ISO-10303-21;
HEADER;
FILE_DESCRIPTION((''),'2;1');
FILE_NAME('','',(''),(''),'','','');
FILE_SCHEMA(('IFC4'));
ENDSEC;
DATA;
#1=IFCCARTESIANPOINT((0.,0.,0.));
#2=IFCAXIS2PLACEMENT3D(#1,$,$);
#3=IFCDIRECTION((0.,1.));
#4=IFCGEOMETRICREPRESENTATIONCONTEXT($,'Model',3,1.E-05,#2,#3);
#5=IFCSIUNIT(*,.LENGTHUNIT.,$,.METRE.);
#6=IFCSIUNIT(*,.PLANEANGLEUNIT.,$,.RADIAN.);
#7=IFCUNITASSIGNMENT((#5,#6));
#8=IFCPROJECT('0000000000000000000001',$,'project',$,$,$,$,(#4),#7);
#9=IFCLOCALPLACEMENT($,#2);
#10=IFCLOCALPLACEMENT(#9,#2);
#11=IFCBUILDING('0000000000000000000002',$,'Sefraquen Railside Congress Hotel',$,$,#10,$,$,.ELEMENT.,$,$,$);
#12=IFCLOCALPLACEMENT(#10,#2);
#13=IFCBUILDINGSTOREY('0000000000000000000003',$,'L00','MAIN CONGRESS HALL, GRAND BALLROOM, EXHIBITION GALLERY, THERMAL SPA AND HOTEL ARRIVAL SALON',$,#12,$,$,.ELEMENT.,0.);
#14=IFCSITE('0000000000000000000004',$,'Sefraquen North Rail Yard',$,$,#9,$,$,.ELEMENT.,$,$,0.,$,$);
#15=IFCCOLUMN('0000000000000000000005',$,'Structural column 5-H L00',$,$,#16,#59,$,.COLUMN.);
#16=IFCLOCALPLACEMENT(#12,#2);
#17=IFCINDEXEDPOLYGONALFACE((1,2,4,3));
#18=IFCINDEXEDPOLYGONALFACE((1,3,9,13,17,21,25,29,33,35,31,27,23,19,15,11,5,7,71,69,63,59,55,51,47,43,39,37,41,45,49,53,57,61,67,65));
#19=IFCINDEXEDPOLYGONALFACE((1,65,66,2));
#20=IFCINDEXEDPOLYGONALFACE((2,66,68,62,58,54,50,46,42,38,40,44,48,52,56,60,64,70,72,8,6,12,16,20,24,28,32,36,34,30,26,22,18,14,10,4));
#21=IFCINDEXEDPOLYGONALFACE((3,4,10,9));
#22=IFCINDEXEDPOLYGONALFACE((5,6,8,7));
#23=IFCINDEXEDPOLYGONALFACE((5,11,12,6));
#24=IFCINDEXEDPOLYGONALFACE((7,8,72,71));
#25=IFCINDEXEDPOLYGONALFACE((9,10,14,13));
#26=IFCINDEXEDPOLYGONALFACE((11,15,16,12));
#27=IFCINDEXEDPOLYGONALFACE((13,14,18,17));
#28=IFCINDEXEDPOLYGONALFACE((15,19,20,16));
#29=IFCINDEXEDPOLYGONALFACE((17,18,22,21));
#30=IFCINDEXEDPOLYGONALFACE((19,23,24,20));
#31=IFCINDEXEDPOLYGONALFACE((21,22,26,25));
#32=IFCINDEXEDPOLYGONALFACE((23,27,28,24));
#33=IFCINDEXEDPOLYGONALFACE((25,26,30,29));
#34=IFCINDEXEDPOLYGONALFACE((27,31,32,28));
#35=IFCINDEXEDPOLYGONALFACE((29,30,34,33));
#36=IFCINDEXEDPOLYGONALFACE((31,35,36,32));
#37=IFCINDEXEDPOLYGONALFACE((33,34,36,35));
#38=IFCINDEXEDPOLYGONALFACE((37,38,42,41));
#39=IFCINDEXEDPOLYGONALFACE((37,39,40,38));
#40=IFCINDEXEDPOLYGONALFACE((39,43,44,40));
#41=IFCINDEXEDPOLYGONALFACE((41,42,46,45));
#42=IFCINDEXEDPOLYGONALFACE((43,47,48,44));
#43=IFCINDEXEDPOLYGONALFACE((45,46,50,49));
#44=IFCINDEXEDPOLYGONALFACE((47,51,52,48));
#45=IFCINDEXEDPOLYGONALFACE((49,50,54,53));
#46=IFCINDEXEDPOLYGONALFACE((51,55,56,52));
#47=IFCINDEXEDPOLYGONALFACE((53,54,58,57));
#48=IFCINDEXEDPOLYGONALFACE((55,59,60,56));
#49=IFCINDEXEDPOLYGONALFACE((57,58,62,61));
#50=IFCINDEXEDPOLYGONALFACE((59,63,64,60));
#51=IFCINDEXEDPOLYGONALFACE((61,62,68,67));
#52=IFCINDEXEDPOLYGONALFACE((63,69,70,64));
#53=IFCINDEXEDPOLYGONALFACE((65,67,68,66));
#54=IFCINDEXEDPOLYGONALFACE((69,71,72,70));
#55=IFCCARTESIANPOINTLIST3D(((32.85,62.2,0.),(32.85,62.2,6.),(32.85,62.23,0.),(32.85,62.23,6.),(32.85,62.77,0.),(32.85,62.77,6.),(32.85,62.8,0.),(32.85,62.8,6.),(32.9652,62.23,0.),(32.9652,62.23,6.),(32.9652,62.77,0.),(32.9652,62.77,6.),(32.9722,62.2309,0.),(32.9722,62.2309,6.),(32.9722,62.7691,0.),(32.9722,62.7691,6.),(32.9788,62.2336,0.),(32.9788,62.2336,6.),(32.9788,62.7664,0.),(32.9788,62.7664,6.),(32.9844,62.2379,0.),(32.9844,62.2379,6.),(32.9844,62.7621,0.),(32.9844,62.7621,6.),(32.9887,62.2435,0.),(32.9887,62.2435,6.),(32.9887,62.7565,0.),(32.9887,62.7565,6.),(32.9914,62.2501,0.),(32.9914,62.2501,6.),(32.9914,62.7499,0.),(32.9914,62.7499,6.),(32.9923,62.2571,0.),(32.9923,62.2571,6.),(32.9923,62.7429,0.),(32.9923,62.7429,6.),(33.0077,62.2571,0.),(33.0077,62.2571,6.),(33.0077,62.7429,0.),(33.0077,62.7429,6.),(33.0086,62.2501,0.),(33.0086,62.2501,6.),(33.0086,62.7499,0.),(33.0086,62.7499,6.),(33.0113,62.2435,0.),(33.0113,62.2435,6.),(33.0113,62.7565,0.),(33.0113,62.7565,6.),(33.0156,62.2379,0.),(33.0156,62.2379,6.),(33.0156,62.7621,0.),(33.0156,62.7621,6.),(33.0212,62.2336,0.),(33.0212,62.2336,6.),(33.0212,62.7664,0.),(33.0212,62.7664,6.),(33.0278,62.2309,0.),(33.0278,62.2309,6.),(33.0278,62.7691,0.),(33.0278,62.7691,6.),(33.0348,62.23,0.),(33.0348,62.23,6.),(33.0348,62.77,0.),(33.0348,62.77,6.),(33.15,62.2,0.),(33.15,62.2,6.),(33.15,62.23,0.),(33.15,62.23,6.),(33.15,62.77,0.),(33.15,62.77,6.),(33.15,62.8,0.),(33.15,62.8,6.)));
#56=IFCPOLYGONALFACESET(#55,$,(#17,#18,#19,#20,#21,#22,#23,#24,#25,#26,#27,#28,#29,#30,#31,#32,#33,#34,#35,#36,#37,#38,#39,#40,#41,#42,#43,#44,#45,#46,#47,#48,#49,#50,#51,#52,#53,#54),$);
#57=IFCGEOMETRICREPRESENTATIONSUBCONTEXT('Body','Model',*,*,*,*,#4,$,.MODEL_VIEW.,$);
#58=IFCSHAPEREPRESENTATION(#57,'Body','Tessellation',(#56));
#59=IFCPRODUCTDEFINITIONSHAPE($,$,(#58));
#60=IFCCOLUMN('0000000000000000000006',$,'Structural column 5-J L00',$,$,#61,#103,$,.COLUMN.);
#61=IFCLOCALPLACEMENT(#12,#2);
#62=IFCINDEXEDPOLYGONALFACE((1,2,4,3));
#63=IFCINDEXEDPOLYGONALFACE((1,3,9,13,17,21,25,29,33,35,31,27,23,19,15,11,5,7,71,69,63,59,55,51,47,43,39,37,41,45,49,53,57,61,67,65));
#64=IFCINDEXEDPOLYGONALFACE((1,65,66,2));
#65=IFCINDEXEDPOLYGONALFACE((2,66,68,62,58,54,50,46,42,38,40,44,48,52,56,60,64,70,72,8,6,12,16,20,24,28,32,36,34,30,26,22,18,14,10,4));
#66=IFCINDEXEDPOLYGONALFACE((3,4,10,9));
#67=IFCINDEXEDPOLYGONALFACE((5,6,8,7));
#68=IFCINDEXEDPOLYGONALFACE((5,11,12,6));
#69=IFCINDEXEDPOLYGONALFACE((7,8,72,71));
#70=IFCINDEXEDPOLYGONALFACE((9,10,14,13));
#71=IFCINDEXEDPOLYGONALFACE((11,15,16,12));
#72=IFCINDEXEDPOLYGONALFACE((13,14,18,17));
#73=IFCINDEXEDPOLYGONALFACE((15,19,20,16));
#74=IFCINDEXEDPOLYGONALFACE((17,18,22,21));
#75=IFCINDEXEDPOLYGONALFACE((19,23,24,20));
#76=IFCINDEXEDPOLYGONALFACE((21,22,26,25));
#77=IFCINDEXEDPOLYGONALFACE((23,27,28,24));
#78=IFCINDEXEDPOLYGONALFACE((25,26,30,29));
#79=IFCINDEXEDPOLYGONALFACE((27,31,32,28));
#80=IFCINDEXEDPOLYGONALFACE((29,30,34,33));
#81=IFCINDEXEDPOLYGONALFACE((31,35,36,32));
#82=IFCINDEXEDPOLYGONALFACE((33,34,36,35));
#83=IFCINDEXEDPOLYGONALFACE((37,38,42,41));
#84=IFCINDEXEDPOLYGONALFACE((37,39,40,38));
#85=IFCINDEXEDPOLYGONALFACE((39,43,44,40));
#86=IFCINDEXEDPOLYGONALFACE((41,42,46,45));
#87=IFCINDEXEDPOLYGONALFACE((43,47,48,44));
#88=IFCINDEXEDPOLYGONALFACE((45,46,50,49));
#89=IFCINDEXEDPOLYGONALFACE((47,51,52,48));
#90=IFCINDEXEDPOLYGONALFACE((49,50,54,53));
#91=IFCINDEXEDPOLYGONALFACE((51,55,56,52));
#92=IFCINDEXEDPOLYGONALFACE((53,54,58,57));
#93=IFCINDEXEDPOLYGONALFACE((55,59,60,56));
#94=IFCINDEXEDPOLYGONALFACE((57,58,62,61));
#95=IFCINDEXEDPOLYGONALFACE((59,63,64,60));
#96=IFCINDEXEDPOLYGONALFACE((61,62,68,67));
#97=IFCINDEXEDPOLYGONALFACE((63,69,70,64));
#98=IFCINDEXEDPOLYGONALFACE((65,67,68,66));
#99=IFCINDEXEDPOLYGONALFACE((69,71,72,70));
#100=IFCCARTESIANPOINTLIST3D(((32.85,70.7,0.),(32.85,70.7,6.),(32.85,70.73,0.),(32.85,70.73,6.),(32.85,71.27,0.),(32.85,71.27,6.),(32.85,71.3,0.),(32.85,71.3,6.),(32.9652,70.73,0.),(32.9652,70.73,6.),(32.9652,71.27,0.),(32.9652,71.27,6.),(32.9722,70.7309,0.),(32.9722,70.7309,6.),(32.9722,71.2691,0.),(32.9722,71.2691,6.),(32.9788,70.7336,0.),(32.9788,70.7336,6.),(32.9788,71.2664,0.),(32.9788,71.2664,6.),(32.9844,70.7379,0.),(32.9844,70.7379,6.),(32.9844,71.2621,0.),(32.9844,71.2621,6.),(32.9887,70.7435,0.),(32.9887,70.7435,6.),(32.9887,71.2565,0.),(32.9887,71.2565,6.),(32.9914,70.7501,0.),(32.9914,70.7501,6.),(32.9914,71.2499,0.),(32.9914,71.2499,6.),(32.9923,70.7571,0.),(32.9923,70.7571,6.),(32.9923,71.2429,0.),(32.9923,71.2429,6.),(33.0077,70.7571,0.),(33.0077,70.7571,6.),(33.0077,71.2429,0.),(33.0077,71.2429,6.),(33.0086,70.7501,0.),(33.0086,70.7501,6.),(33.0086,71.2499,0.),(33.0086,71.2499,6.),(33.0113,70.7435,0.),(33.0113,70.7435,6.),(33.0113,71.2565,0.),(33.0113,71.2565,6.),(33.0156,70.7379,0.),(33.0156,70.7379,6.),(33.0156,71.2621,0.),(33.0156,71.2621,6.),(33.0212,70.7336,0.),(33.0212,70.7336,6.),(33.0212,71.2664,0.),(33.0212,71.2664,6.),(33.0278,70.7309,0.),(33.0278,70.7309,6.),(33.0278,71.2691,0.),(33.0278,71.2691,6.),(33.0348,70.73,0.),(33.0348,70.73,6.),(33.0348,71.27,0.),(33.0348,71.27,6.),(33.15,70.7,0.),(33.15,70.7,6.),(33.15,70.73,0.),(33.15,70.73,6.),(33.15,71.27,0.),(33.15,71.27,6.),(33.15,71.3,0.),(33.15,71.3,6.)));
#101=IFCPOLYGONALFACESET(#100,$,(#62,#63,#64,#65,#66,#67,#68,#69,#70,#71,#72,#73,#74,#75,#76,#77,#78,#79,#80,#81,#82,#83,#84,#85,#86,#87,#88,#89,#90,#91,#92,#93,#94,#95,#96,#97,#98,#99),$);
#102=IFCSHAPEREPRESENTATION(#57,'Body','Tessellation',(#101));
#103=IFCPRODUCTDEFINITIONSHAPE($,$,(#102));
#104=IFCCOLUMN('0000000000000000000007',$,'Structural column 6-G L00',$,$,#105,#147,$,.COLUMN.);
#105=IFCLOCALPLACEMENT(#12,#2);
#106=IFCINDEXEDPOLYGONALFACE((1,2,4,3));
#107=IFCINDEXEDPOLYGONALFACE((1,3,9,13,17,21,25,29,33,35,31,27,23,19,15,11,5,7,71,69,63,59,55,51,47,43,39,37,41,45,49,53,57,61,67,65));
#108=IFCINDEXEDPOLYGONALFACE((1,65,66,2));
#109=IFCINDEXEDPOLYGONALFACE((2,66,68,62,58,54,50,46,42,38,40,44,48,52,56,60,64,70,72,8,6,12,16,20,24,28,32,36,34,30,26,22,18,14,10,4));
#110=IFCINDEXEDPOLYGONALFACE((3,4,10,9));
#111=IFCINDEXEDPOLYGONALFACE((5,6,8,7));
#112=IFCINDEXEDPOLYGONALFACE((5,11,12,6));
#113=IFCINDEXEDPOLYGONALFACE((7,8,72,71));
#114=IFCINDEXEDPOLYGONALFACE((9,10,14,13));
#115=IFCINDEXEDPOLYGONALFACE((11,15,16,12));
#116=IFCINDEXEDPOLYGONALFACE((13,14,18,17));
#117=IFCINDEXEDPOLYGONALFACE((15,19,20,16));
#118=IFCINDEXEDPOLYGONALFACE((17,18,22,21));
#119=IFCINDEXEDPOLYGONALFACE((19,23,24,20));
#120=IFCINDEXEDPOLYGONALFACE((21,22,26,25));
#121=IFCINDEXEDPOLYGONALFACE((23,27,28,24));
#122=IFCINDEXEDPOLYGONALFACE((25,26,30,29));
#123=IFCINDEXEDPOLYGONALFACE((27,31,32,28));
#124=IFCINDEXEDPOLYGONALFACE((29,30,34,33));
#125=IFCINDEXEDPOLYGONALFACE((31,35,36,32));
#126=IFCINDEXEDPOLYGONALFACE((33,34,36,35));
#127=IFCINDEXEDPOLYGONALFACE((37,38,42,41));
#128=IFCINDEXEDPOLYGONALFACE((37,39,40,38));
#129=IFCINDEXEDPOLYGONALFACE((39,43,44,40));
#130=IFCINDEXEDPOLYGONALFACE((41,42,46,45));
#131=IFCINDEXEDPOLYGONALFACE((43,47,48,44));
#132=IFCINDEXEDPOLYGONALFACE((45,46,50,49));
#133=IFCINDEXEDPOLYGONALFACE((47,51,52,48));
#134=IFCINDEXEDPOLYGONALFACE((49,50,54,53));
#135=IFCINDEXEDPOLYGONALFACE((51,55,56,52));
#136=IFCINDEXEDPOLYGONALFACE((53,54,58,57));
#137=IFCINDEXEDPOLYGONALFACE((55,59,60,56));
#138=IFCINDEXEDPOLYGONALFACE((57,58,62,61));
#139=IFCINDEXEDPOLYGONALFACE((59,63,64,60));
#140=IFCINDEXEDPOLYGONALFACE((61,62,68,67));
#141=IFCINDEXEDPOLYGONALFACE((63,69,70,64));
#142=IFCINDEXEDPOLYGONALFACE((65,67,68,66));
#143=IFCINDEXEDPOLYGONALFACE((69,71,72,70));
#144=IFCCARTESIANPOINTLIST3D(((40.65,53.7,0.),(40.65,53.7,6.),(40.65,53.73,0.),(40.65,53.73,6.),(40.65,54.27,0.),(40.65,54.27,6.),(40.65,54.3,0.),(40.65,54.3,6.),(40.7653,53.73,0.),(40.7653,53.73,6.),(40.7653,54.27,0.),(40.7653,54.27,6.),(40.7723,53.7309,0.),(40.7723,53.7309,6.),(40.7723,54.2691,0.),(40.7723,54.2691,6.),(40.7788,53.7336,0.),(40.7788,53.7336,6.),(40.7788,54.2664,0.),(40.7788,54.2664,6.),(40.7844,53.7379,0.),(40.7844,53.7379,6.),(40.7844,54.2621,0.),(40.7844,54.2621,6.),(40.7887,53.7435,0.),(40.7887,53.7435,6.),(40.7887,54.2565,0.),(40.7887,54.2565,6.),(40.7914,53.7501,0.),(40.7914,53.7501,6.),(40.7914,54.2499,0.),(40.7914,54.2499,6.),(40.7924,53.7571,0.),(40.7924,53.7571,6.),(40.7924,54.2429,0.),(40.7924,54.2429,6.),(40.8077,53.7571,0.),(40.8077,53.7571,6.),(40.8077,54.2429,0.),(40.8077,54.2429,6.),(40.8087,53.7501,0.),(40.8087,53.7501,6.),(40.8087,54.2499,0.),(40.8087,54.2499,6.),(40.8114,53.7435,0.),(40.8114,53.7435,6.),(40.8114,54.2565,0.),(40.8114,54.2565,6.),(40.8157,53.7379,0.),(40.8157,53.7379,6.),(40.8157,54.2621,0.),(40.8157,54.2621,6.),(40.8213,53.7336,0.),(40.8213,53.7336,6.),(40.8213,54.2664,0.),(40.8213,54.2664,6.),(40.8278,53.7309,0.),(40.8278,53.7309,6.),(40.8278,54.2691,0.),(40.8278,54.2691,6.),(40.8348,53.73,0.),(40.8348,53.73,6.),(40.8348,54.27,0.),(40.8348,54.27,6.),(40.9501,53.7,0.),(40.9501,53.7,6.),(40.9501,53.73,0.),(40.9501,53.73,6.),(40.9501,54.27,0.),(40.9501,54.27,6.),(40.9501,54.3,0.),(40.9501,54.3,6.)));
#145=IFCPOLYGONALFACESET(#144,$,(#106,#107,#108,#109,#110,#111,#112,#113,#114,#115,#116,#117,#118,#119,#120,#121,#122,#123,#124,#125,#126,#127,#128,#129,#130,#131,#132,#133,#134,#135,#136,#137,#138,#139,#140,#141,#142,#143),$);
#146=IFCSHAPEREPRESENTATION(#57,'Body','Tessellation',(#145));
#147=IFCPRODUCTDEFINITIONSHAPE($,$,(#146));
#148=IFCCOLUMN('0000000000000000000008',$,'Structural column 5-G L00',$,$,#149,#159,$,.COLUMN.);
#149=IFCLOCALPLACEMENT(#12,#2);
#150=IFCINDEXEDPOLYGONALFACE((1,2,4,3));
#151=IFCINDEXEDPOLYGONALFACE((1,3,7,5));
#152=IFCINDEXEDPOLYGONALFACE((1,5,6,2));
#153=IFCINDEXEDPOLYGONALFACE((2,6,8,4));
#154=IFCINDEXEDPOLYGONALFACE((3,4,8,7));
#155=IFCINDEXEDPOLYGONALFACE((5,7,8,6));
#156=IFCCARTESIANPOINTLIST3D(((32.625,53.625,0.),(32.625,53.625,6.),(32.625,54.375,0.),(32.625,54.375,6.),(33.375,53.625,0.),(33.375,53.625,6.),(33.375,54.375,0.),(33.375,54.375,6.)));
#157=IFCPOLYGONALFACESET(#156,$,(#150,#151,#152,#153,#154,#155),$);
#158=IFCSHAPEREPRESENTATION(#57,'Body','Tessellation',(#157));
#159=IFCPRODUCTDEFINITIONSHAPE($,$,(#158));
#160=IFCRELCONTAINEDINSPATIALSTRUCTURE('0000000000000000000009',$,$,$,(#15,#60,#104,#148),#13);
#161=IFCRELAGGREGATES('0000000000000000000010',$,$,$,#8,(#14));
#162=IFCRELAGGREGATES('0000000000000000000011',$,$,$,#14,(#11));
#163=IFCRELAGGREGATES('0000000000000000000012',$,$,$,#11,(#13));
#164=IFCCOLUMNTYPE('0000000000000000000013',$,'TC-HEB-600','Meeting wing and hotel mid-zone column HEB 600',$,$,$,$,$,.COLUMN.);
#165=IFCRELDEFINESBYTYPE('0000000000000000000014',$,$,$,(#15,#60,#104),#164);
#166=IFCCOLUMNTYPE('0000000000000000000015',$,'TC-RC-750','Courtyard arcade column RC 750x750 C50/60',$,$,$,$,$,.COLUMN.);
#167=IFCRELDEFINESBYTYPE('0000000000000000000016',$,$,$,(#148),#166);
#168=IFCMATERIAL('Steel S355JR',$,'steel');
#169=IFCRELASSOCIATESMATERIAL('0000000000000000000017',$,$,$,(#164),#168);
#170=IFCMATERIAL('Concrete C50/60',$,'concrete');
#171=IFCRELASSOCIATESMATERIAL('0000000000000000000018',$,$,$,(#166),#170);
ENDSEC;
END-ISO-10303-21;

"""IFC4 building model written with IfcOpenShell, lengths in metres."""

from ifc_helpers import new_model, si_unit, direction, frame, origin, origin_2d, place, context, subcontext, project, spatial, rectangle, i_section, extrude, material, material_profile, profile_set, type_object, element, save


model = new_model("IFC4")

# Units and contexts
model_context = context("Model", 3, precision=1e-05, world=origin(), true_north=direction((0.0, 1.0)))
body_context = subcontext(model_context, "Body", "Model", "MODEL_VIEW")
ifc_project = project(units=[si_unit("LENGTHUNIT", "METRE"), si_unit("PLANEANGLEUNIT", "RADIAN")], contexts=[model_context])

# Site, building, storey
site_placement = place(None, origin())
site = spatial("IfcSite", under=ifc_project, at=site_placement, Name="Sefraquen North Rail Yard", CompositionType="ELEMENT", RefElevation=0.0)
building_placement = place(site_placement, origin())
building = spatial("IfcBuilding", under=site, at=building_placement, Name="Sefraquen Railside Congress Hotel", CompositionType="ELEMENT")
storey_placement = place(building_placement, origin())
storey = spatial("IfcBuildingStorey", under=building, at=storey_placement, Name="L00", Description="MAIN CONGRESS HALL, GRAND BALLROOM, EXHIBITION GALLERY, THERMAL SPA AND HOTEL ARRIVAL SALON", CompositionType="ELEMENT", Elevation=0.0)

# Columns
ifc_material_1 = material(Name="Steel S355JR", Category="steel")
ifc_material_profile_1 = material_profile(ifc_material_1, i_section(OverallWidth=0.3, OverallDepth=0.6001, WebThickness=0.0154, FlangeThickness=0.03, FilletRadius=0.0271, at=origin_2d()), Name="HEB 600")
ifc_profile_set_1 = profile_set([ifc_material_profile_1], Name="Steel S355JR")
column_type_1 = type_object("IfcColumnType", Name="TC-HEB-600", Description="Meeting wing and hotel mid-zone column HEB 600", PredefinedType="COLUMN", material=ifc_profile_set_1)
for number, where, z_axis, x_axis, name in (
    (1, (33.0, 62.5, 0.0), (0.0, 0.0, 1.0), (1.0, 0.0, 0.0), "Structural column 5-H L00"),
    (2, (33.0, 71.0, 0.0), (0.0, 0.0, 1.0), (1.0, 0.0, 0.0), "Structural column 5-J L00"),
    (3, (40.8, 54.0, 0.0), (0.0, 0.0, 1.0), (1.0, 0.0, 0.0), "Structural column 6-G L00"),
):
    element("IfcColumn", number, at=place(storey_placement, frame(where, z_axis=z_axis, x_axis=x_axis)), inside=storey, type_object=column_type_1, Name=name, PredefinedType="COLUMN", context=body_context, shape_type="SweptSolid", body=[
        extrude(i_section(OverallWidth=0.3, OverallDepth=0.6001, WebThickness=0.0154, FlangeThickness=0.03, FilletRadius=0.0271, at=origin_2d()), origin(), (0.0, 0.0, 1.0), 6.0),
    ])
ifc_material_2 = material(Name="Concrete C50/60", Category="concrete")
ifc_material_profile_2 = material_profile(ifc_material_2, rectangle(XDim=0.75, YDim=0.75, at=origin_2d()), Name="RC 750x750")
ifc_profile_set_2 = profile_set([ifc_material_profile_2], Name="Concrete C50/60")
column_type_2 = type_object("IfcColumnType", Name="TC-RC-750", Description="Courtyard arcade column RC 750x750 C50/60", PredefinedType="COLUMN", material=ifc_profile_set_2)
column_placement = place(storey_placement, frame((33.0, 54.0, 0.0), z_axis=(0.0, 0.0, 1.0), x_axis=(1.0, 0.0, 0.0)))
element("IfcColumn", 4, at=column_placement, inside=storey, type_object=column_type_2, Name="Structural column 5-G L00", PredefinedType="COLUMN", context=body_context, shape_type="SweptSolid", body=[
    extrude(rectangle(XDim=0.75, YDim=0.75, at=origin_2d()), origin(), (0.0, 0.0, 1.0), 6.0),
])

save(model, "model.ifc")
